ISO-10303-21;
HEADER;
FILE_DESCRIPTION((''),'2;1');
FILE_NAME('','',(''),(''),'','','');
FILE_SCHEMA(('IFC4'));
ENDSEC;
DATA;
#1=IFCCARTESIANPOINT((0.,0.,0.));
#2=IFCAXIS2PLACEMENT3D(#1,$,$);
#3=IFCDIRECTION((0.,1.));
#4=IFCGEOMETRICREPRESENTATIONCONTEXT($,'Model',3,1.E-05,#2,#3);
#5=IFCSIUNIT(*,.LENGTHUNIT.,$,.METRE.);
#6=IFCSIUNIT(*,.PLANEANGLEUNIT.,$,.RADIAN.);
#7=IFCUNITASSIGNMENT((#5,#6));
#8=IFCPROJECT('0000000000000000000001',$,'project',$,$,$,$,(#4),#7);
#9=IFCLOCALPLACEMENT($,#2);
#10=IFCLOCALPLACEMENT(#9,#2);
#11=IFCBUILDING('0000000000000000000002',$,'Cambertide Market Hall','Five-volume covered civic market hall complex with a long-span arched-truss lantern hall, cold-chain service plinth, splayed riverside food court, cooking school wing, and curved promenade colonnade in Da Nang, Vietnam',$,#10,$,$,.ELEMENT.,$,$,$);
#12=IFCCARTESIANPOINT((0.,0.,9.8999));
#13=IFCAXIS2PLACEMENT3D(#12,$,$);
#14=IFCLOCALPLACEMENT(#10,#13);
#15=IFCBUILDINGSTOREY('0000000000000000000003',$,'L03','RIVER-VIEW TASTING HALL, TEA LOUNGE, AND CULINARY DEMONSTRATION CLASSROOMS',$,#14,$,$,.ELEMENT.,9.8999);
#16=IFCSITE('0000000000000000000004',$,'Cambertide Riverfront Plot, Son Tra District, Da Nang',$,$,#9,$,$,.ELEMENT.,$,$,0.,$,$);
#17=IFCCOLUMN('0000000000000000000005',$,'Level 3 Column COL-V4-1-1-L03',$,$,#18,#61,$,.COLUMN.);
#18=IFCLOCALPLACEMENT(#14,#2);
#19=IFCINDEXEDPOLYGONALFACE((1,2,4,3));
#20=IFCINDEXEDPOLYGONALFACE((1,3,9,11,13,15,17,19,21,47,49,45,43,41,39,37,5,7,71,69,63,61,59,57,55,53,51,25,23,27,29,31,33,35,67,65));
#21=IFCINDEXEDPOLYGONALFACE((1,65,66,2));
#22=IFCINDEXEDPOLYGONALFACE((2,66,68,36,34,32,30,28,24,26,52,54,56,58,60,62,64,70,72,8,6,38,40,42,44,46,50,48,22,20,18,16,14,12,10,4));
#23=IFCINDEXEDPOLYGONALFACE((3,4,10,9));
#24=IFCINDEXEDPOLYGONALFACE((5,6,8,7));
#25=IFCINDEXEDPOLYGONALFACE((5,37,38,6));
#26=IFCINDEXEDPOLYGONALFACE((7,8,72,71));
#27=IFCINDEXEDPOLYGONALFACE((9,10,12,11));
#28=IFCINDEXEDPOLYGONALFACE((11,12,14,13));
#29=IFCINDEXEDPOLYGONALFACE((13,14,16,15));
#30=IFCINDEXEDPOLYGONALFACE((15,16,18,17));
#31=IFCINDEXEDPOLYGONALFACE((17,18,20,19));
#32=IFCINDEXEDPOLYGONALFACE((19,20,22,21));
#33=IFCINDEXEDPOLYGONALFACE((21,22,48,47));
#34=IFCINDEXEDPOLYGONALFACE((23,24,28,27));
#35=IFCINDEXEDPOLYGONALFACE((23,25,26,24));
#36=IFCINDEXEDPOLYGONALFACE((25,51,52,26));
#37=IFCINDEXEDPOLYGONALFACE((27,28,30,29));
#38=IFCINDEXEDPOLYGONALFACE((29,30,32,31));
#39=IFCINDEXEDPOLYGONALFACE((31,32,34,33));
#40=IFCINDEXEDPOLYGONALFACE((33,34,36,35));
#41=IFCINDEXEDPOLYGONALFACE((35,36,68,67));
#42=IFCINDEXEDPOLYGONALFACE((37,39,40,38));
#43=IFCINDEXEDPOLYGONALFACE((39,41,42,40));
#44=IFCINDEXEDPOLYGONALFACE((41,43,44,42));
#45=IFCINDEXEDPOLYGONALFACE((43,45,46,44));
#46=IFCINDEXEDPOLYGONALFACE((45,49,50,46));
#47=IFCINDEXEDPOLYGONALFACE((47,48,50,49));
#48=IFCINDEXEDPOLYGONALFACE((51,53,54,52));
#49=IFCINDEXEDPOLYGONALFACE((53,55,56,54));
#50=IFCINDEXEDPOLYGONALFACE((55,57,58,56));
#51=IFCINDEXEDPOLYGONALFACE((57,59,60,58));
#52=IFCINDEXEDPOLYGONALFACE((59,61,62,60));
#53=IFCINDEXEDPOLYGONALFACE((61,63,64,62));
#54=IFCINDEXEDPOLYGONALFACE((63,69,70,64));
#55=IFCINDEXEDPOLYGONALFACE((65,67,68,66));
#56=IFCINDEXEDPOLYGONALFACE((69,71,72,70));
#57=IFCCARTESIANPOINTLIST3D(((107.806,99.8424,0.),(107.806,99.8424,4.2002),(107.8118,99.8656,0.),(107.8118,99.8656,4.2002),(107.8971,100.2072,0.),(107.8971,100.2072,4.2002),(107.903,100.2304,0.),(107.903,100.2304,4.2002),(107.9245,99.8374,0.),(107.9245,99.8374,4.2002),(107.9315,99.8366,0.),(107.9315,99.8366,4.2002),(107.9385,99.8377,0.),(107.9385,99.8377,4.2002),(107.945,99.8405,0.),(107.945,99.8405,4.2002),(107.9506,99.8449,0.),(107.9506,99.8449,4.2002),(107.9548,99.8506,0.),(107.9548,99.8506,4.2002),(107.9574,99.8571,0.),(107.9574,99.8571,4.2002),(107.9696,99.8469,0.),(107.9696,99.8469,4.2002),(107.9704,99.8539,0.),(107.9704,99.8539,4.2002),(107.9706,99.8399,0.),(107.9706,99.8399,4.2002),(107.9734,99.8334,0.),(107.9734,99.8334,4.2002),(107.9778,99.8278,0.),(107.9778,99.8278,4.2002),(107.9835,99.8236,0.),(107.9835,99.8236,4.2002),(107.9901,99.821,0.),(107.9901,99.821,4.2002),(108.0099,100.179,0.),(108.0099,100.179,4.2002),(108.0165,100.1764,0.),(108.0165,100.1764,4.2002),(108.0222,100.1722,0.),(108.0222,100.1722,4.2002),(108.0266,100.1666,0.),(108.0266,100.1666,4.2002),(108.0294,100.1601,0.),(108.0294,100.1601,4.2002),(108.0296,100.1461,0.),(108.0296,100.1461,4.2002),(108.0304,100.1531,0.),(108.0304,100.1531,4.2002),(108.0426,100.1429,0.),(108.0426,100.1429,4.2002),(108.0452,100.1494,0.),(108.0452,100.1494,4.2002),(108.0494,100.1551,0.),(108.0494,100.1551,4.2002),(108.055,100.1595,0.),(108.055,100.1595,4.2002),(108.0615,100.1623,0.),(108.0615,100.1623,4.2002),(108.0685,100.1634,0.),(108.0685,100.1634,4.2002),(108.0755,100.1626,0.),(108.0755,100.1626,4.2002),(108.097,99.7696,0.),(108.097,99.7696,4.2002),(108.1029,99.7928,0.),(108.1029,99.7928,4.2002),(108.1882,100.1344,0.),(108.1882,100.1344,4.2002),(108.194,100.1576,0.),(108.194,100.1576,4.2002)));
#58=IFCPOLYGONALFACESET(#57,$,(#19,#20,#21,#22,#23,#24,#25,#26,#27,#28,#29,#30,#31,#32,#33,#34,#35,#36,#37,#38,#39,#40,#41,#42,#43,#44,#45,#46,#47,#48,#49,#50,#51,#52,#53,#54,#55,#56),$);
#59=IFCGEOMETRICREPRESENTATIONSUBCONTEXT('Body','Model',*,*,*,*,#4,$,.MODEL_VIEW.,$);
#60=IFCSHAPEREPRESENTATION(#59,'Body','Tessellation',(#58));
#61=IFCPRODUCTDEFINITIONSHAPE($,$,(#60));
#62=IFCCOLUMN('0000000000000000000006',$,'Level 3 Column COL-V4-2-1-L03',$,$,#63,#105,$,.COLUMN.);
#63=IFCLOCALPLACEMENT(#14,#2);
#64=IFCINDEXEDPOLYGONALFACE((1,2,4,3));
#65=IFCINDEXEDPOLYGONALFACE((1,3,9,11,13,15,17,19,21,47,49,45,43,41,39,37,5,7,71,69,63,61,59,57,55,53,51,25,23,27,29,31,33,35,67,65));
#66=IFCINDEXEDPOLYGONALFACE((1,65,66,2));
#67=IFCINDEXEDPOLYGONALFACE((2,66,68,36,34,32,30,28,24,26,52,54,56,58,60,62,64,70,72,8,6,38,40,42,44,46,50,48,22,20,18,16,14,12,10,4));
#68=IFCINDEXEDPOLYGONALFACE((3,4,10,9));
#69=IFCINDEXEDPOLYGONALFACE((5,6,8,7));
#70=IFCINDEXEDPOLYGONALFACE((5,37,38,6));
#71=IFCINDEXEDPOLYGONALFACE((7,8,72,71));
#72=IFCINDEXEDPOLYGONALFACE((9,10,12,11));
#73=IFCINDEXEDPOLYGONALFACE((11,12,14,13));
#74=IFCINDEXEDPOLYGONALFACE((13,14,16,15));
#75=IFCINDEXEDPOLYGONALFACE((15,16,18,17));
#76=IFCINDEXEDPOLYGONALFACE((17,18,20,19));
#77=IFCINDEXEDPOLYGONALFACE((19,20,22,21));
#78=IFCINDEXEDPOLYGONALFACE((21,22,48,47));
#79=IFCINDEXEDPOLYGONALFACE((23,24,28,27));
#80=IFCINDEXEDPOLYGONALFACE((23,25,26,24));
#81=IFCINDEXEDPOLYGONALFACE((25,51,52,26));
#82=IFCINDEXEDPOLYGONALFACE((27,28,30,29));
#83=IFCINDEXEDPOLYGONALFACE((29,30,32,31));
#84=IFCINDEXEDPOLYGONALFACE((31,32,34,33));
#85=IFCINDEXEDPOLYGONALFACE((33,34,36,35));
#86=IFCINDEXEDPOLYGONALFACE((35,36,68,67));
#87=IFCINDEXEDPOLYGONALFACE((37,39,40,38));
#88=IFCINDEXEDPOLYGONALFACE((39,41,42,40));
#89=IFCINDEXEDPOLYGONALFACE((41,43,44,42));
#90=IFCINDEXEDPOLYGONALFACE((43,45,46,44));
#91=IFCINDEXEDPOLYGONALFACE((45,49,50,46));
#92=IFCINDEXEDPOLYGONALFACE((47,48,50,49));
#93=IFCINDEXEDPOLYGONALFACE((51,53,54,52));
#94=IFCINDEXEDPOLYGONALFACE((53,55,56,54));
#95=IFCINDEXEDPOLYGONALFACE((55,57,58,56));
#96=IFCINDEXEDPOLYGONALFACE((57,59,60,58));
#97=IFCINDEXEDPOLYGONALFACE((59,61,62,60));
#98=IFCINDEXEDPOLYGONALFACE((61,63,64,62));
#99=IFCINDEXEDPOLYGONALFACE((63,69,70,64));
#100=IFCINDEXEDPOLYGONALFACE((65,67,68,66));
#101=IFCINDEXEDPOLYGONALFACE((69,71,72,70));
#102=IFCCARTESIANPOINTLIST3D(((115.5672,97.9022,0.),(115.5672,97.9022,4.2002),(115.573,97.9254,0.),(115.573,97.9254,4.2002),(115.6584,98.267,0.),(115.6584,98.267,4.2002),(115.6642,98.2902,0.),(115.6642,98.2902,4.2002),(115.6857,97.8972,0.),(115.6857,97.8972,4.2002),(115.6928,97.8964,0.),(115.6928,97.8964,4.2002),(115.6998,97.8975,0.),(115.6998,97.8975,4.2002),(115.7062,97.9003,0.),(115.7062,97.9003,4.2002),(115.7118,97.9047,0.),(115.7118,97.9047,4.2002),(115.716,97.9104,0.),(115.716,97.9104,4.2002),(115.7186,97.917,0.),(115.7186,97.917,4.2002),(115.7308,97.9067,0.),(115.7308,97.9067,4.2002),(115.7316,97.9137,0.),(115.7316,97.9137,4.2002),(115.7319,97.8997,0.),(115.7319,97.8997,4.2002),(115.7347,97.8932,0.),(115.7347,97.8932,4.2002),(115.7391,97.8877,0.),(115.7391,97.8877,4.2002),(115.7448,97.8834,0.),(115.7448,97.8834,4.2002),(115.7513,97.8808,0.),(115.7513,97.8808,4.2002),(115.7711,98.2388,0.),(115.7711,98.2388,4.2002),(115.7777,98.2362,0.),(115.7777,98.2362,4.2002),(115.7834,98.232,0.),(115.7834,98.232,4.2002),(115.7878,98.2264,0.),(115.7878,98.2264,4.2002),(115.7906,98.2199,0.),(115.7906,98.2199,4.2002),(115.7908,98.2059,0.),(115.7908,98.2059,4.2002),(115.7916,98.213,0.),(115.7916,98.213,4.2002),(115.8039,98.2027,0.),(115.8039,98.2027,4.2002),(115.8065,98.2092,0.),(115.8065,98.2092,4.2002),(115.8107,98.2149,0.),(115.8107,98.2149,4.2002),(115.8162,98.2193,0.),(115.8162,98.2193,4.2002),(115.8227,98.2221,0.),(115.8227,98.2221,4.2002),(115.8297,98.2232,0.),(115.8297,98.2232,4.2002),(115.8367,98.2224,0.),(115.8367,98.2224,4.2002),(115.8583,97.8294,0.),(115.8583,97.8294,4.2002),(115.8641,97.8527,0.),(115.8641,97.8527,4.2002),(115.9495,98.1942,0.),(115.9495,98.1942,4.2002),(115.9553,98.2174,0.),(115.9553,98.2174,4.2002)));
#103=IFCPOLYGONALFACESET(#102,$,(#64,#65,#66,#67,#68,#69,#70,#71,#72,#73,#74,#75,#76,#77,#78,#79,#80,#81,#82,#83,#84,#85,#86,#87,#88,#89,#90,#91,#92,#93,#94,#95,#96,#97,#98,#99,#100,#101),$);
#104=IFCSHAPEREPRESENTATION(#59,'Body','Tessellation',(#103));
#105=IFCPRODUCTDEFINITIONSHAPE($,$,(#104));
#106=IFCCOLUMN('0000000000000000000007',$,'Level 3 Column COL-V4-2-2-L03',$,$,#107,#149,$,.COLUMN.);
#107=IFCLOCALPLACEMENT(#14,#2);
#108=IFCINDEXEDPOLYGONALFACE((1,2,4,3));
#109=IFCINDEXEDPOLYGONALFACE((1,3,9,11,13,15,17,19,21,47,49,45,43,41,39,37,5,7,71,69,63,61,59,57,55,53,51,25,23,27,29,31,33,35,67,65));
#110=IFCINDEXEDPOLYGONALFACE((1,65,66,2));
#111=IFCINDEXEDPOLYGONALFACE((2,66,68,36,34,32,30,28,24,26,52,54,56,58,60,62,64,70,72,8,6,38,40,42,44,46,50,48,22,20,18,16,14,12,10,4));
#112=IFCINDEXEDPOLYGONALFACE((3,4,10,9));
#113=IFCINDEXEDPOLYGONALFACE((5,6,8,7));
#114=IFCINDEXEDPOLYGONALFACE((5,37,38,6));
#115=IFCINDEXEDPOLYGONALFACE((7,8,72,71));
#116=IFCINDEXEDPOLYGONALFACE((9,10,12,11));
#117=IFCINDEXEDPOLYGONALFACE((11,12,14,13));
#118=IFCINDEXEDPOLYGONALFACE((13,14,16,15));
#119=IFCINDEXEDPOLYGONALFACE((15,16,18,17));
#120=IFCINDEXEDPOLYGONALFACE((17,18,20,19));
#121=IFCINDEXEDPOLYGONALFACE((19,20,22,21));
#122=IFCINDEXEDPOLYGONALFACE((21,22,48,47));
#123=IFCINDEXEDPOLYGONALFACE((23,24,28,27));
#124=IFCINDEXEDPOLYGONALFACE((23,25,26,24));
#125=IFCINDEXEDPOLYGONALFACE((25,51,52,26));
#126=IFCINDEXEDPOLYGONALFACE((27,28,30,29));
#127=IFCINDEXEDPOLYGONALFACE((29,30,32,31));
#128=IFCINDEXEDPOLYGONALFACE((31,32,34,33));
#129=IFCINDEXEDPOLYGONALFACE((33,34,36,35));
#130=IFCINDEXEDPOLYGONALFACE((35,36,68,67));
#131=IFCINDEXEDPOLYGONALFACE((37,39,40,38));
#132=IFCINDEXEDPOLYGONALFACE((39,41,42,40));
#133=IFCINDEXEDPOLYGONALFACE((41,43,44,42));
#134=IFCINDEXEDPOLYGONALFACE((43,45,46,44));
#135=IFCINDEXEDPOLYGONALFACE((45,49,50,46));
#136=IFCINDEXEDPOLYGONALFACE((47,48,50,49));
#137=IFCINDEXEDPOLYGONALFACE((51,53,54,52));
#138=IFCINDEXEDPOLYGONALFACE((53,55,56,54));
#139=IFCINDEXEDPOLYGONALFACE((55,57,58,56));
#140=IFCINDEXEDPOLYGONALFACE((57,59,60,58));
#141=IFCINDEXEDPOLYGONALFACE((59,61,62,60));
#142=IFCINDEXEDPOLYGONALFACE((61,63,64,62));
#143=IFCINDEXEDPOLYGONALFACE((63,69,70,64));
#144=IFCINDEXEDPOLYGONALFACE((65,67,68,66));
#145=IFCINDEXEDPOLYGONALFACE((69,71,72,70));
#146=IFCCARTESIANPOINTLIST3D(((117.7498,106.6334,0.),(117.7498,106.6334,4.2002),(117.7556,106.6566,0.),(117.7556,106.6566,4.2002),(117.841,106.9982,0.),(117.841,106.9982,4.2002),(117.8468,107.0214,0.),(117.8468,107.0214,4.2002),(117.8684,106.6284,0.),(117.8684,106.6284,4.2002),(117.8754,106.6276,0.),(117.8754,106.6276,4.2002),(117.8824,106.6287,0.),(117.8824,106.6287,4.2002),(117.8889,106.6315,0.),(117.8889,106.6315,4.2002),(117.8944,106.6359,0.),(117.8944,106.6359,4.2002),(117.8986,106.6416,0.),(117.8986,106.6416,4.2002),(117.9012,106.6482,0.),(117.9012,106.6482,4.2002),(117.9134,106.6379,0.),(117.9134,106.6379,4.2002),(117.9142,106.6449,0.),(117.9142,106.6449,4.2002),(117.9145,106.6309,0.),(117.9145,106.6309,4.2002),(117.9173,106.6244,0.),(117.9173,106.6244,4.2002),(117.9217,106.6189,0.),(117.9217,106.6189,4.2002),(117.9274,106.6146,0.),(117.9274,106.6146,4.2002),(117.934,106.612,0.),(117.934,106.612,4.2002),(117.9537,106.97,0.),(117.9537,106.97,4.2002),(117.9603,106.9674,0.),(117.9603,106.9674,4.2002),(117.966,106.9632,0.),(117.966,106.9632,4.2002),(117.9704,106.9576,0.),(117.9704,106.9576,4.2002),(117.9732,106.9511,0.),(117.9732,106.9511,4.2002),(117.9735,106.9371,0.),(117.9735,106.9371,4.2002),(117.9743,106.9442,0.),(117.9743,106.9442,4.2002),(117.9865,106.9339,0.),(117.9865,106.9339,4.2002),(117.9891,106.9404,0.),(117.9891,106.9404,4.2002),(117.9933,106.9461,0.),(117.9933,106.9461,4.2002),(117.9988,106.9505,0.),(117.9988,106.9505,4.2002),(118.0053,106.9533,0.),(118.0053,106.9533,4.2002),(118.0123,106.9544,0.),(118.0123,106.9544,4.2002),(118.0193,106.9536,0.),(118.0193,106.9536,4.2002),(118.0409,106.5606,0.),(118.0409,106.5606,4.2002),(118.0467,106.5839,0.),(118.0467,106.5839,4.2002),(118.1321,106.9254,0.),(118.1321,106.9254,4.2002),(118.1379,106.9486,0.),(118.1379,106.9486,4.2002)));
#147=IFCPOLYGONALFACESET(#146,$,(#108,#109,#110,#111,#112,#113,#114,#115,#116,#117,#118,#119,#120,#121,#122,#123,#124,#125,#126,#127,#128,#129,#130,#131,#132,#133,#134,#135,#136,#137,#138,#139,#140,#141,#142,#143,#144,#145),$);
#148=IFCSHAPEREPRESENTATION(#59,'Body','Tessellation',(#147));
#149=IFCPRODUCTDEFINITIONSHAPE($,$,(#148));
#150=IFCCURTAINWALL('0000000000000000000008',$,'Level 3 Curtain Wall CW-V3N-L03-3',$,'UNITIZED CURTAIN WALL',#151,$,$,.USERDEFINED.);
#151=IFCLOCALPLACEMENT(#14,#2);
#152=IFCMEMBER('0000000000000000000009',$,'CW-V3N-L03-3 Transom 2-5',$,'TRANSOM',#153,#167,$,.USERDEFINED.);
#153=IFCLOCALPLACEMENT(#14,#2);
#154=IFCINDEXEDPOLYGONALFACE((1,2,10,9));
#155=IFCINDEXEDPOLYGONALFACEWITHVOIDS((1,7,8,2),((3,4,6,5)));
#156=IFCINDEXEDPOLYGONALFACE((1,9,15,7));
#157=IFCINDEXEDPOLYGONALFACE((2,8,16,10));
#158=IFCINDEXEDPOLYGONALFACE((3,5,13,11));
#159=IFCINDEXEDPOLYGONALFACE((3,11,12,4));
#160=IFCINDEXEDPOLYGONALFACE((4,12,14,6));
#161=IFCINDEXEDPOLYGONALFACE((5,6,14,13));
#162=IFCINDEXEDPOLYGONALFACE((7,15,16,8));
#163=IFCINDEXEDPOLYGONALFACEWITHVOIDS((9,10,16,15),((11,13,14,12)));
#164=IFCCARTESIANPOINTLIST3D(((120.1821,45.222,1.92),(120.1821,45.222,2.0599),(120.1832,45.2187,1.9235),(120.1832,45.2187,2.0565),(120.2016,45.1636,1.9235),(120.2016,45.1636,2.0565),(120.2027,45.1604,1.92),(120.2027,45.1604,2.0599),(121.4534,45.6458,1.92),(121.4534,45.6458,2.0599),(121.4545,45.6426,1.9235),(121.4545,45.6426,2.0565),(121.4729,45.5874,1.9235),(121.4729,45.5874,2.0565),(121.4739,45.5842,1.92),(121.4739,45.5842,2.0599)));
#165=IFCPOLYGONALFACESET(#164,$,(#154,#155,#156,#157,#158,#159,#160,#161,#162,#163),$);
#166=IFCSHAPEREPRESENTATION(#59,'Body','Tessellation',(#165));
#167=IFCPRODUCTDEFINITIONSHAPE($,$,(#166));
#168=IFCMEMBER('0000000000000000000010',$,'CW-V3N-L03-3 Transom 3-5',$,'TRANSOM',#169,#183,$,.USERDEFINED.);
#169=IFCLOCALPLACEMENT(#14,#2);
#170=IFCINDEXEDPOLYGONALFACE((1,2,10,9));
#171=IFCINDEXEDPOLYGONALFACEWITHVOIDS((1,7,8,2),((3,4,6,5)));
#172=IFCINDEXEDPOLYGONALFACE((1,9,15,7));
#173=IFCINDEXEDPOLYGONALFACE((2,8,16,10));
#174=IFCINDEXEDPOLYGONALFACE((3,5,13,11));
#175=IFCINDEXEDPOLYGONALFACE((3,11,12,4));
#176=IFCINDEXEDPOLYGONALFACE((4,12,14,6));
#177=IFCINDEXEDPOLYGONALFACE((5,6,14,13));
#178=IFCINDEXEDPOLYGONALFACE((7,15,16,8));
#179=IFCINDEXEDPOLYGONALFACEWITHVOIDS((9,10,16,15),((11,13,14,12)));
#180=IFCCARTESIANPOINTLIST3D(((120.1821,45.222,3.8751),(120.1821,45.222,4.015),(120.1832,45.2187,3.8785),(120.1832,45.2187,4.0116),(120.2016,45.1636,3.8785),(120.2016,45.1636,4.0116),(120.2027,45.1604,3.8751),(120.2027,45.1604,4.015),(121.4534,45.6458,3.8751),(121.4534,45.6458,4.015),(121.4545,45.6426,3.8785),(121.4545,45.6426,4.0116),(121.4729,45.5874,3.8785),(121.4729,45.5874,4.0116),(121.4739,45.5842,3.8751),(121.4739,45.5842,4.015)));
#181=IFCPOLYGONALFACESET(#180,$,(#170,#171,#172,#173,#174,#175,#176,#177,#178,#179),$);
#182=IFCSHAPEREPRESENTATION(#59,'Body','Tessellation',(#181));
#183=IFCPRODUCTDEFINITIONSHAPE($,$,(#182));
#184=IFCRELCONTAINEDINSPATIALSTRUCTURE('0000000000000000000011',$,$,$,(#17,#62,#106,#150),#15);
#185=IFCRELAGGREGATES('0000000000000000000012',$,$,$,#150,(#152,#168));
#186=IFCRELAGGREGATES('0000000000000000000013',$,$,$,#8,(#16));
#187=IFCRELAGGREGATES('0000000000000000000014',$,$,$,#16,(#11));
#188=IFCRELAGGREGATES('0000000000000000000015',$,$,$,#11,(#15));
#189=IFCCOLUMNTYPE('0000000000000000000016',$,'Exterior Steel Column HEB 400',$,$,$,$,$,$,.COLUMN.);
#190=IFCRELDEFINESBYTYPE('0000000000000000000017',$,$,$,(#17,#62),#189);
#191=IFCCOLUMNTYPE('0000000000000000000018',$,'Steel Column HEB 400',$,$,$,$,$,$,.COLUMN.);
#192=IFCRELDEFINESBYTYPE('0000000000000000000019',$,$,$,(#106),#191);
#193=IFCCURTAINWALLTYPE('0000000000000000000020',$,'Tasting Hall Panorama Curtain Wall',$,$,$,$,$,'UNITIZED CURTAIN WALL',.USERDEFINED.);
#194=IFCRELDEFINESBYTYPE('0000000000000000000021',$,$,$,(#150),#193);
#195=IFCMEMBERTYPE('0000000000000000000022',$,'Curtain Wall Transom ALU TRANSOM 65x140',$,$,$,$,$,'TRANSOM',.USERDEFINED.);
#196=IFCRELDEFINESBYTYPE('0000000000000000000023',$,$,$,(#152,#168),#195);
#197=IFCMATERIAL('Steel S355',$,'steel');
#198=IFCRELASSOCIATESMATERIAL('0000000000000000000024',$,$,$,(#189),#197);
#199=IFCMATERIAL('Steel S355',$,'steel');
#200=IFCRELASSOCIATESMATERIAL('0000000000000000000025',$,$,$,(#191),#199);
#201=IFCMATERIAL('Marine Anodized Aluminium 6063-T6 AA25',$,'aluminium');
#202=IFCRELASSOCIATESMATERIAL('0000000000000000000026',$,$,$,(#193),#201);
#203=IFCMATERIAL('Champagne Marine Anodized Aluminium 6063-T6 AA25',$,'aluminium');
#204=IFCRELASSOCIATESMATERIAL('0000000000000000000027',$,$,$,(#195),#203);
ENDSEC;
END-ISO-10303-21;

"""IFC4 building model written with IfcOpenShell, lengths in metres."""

from ifc_helpers import new_model, si_unit, direction, frame, origin, origin_2d, place, context, subcontext, project, spatial, hollow_rectangle, i_section, extrude, material, material_profile, profile_set, type_object, element, aggregate, save


model = new_model("IFC4")

# Units and contexts
model_context = context("Model", 3, precision=1e-05, world=origin(), true_north=direction((0.0, 1.0)))
body_context = subcontext(model_context, "Body", "Model", "MODEL_VIEW")
ifc_project = project(units=[si_unit("LENGTHUNIT", "METRE"), si_unit("PLANEANGLEUNIT", "RADIAN")], contexts=[model_context])

# Site, building, storey
site_placement = place(None, origin())
site = spatial("IfcSite", under=ifc_project, at=site_placement, Name="Cambertide Riverfront Plot, Son Tra District, Da Nang", CompositionType="ELEMENT", RefElevation=0.0)
building_placement = place(site_placement, origin())
building = spatial("IfcBuilding", under=site, at=building_placement, Name="Cambertide Market Hall", Description="Five-volume covered civic market hall complex with a long-span arched-truss lantern hall, cold-chain service plinth, splayed riverside food court, cooking school wing, and curved promenade colonnade in Da Nang, Vietnam", CompositionType="ELEMENT")
storey_placement = place(building_placement, frame((0.0, 0.0, 9.8999)))
storey = spatial("IfcBuildingStorey", under=building, at=storey_placement, Name="L03", Description="RIVER-VIEW TASTING HALL, TEA LOUNGE, AND CULINARY DEMONSTRATION CLASSROOMS", CompositionType="ELEMENT", Elevation=9.8999)

# Columns
ifc_material_1 = material(Name="Steel S355", Category="steel")
ifc_material_profile_1 = material_profile(ifc_material_1, i_section(OverallWidth=0.3, OverallDepth=0.3999, WebThickness=0.0134, FlangeThickness=0.0239, FilletRadius=0.0271, at=origin_2d()), Name="HEB 400")
ifc_profile_set_1 = profile_set([ifc_material_profile_1], Name="Steel S355")
column_type_1 = type_object("IfcColumnType", Name="Exterior Steel Column HEB 400", PredefinedType="COLUMN", material=ifc_profile_set_1)
for number, where, z_axis, x_axis, name in (
    (1, (108.0, 100.0, 0.0), (0.0, 0.0, 1.0), (0.970143, -0.242536, 0.0), "Level 3 Column COL-V4-1-1-L03"),
    (2, (115.7612, 98.0598, 0.0), (0.0, 0.0, 1.0), (0.970143, -0.242536, 0.0), "Level 3 Column COL-V4-2-1-L03"),
):
    element("IfcColumn", number, at=place(storey_placement, frame(where, z_axis=z_axis, x_axis=x_axis)), inside=storey, type_object=column_type_1, Name=name, PredefinedType="COLUMN", context=body_context, shape_type="SweptSolid", body=[
        extrude(i_section(OverallWidth=0.3, OverallDepth=0.3999, WebThickness=0.0134, FlangeThickness=0.0239, FilletRadius=0.0271, at=origin_2d()), origin(), (0.0, 0.0, 1.0), 4.2002),
    ])
ifc_material_2 = material(Name="Steel S355", Category="steel")
ifc_material_profile_2 = material_profile(ifc_material_2, i_section(OverallWidth=0.3, OverallDepth=0.3999, WebThickness=0.0134, FlangeThickness=0.0239, FilletRadius=0.0271, at=origin_2d()), Name="HEB 400")
ifc_profile_set_2 = profile_set([ifc_material_profile_2], Name="Steel S355")
column_type_2 = type_object("IfcColumnType", Name="Steel Column HEB 400", PredefinedType="COLUMN", material=ifc_profile_set_2)
column_placement = place(storey_placement, frame((117.9438, 106.791, 0.0), z_axis=(0.0, 0.0, 1.0), x_axis=(0.970143, -0.242536, 0.0)))
element("IfcColumn", 3, at=column_placement, inside=storey, type_object=column_type_2, Name="Level 3 Column COL-V4-2-2-L03", PredefinedType="COLUMN", context=body_context, shape_type="SweptSolid", body=[
    extrude(i_section(OverallWidth=0.3, OverallDepth=0.3999, WebThickness=0.0134, FlangeThickness=0.0239, FilletRadius=0.0271, at=origin_2d()), origin(), (0.0, 0.0, 1.0), 4.2002),
])

# Curtain wall, members
ifc_material_3 = material(Name="Marine Anodized Aluminium 6063-T6 AA25", Category="aluminium")
curtain_wall_type = type_object("IfcCurtainWallType", Name="Tasting Hall Panorama Curtain Wall", ElementType="UNITIZED CURTAIN WALL", PredefinedType="USERDEFINED", material=ifc_material_3)
curtain_wall_placement = place(storey_placement, origin())
curtain_wall = element("IfcCurtainWall", 4, at=curtain_wall_placement, inside=storey, type_object=curtain_wall_type, Name="Level 3 Curtain Wall CW-V3N-L03-3", ObjectType="UNITIZED CURTAIN WALL", PredefinedType="USERDEFINED")
ifc_material_4 = material(Name="Champagne Marine Anodized Aluminium 6063-T6 AA25", Category="aluminium")
ifc_material_profile_3 = material_profile(ifc_material_4, hollow_rectangle(XDim=0.0649, YDim=0.1399, WallThickness=0.0034, at=origin_2d()), Name="ALU TRANSOM 65x140")
ifc_profile_set_3 = profile_set([ifc_material_profile_3], Name="Champagne Marine Anodized Aluminium 6063-T6 AA25")
member_type = type_object("IfcMemberType", Name="Curtain Wall Transom ALU TRANSOM 65x140", ElementType="TRANSOM", PredefinedType="USERDEFINED", material=ifc_profile_set_3)
member_1_placement = place(storey_placement, frame((120.1924, 45.1912, 1.99), z_axis=(0.948665, 0.316282, 0.0), x_axis=(-0.316282, 0.948665, 0.0)))
member_1 = element("IfcMember", 5, at=member_1_placement, type_object=member_type, Name="CW-V3N-L03-3 Transom 2-5", ObjectType="TRANSOM", PredefinedType="USERDEFINED", context=body_context, shape_type="SweptSolid", body=[
    extrude(hollow_rectangle(XDim=0.0649, YDim=0.1399, WallThickness=0.0034, at=origin_2d()), origin(), (0.0, 0.0, 1.0), 1.3401),
])
member_2_placement = place(storey_placement, frame((120.1924, 45.1912, 3.9451), z_axis=(0.948665, 0.316282, 0.0), x_axis=(-0.316282, 0.948665, 0.0)))
member_2 = element("IfcMember", 6, at=member_2_placement, type_object=member_type, Name="CW-V3N-L03-3 Transom 3-5", ObjectType="TRANSOM", PredefinedType="USERDEFINED", context=body_context, shape_type="SweptSolid", body=[
    extrude(hollow_rectangle(XDim=0.0649, YDim=0.1399, WallThickness=0.0034, at=origin_2d()), origin(), (0.0, 0.0, 1.0), 1.3401),
])
aggregate(curtain_wall, [member_1, member_2])

save(model, "model.ifc")
